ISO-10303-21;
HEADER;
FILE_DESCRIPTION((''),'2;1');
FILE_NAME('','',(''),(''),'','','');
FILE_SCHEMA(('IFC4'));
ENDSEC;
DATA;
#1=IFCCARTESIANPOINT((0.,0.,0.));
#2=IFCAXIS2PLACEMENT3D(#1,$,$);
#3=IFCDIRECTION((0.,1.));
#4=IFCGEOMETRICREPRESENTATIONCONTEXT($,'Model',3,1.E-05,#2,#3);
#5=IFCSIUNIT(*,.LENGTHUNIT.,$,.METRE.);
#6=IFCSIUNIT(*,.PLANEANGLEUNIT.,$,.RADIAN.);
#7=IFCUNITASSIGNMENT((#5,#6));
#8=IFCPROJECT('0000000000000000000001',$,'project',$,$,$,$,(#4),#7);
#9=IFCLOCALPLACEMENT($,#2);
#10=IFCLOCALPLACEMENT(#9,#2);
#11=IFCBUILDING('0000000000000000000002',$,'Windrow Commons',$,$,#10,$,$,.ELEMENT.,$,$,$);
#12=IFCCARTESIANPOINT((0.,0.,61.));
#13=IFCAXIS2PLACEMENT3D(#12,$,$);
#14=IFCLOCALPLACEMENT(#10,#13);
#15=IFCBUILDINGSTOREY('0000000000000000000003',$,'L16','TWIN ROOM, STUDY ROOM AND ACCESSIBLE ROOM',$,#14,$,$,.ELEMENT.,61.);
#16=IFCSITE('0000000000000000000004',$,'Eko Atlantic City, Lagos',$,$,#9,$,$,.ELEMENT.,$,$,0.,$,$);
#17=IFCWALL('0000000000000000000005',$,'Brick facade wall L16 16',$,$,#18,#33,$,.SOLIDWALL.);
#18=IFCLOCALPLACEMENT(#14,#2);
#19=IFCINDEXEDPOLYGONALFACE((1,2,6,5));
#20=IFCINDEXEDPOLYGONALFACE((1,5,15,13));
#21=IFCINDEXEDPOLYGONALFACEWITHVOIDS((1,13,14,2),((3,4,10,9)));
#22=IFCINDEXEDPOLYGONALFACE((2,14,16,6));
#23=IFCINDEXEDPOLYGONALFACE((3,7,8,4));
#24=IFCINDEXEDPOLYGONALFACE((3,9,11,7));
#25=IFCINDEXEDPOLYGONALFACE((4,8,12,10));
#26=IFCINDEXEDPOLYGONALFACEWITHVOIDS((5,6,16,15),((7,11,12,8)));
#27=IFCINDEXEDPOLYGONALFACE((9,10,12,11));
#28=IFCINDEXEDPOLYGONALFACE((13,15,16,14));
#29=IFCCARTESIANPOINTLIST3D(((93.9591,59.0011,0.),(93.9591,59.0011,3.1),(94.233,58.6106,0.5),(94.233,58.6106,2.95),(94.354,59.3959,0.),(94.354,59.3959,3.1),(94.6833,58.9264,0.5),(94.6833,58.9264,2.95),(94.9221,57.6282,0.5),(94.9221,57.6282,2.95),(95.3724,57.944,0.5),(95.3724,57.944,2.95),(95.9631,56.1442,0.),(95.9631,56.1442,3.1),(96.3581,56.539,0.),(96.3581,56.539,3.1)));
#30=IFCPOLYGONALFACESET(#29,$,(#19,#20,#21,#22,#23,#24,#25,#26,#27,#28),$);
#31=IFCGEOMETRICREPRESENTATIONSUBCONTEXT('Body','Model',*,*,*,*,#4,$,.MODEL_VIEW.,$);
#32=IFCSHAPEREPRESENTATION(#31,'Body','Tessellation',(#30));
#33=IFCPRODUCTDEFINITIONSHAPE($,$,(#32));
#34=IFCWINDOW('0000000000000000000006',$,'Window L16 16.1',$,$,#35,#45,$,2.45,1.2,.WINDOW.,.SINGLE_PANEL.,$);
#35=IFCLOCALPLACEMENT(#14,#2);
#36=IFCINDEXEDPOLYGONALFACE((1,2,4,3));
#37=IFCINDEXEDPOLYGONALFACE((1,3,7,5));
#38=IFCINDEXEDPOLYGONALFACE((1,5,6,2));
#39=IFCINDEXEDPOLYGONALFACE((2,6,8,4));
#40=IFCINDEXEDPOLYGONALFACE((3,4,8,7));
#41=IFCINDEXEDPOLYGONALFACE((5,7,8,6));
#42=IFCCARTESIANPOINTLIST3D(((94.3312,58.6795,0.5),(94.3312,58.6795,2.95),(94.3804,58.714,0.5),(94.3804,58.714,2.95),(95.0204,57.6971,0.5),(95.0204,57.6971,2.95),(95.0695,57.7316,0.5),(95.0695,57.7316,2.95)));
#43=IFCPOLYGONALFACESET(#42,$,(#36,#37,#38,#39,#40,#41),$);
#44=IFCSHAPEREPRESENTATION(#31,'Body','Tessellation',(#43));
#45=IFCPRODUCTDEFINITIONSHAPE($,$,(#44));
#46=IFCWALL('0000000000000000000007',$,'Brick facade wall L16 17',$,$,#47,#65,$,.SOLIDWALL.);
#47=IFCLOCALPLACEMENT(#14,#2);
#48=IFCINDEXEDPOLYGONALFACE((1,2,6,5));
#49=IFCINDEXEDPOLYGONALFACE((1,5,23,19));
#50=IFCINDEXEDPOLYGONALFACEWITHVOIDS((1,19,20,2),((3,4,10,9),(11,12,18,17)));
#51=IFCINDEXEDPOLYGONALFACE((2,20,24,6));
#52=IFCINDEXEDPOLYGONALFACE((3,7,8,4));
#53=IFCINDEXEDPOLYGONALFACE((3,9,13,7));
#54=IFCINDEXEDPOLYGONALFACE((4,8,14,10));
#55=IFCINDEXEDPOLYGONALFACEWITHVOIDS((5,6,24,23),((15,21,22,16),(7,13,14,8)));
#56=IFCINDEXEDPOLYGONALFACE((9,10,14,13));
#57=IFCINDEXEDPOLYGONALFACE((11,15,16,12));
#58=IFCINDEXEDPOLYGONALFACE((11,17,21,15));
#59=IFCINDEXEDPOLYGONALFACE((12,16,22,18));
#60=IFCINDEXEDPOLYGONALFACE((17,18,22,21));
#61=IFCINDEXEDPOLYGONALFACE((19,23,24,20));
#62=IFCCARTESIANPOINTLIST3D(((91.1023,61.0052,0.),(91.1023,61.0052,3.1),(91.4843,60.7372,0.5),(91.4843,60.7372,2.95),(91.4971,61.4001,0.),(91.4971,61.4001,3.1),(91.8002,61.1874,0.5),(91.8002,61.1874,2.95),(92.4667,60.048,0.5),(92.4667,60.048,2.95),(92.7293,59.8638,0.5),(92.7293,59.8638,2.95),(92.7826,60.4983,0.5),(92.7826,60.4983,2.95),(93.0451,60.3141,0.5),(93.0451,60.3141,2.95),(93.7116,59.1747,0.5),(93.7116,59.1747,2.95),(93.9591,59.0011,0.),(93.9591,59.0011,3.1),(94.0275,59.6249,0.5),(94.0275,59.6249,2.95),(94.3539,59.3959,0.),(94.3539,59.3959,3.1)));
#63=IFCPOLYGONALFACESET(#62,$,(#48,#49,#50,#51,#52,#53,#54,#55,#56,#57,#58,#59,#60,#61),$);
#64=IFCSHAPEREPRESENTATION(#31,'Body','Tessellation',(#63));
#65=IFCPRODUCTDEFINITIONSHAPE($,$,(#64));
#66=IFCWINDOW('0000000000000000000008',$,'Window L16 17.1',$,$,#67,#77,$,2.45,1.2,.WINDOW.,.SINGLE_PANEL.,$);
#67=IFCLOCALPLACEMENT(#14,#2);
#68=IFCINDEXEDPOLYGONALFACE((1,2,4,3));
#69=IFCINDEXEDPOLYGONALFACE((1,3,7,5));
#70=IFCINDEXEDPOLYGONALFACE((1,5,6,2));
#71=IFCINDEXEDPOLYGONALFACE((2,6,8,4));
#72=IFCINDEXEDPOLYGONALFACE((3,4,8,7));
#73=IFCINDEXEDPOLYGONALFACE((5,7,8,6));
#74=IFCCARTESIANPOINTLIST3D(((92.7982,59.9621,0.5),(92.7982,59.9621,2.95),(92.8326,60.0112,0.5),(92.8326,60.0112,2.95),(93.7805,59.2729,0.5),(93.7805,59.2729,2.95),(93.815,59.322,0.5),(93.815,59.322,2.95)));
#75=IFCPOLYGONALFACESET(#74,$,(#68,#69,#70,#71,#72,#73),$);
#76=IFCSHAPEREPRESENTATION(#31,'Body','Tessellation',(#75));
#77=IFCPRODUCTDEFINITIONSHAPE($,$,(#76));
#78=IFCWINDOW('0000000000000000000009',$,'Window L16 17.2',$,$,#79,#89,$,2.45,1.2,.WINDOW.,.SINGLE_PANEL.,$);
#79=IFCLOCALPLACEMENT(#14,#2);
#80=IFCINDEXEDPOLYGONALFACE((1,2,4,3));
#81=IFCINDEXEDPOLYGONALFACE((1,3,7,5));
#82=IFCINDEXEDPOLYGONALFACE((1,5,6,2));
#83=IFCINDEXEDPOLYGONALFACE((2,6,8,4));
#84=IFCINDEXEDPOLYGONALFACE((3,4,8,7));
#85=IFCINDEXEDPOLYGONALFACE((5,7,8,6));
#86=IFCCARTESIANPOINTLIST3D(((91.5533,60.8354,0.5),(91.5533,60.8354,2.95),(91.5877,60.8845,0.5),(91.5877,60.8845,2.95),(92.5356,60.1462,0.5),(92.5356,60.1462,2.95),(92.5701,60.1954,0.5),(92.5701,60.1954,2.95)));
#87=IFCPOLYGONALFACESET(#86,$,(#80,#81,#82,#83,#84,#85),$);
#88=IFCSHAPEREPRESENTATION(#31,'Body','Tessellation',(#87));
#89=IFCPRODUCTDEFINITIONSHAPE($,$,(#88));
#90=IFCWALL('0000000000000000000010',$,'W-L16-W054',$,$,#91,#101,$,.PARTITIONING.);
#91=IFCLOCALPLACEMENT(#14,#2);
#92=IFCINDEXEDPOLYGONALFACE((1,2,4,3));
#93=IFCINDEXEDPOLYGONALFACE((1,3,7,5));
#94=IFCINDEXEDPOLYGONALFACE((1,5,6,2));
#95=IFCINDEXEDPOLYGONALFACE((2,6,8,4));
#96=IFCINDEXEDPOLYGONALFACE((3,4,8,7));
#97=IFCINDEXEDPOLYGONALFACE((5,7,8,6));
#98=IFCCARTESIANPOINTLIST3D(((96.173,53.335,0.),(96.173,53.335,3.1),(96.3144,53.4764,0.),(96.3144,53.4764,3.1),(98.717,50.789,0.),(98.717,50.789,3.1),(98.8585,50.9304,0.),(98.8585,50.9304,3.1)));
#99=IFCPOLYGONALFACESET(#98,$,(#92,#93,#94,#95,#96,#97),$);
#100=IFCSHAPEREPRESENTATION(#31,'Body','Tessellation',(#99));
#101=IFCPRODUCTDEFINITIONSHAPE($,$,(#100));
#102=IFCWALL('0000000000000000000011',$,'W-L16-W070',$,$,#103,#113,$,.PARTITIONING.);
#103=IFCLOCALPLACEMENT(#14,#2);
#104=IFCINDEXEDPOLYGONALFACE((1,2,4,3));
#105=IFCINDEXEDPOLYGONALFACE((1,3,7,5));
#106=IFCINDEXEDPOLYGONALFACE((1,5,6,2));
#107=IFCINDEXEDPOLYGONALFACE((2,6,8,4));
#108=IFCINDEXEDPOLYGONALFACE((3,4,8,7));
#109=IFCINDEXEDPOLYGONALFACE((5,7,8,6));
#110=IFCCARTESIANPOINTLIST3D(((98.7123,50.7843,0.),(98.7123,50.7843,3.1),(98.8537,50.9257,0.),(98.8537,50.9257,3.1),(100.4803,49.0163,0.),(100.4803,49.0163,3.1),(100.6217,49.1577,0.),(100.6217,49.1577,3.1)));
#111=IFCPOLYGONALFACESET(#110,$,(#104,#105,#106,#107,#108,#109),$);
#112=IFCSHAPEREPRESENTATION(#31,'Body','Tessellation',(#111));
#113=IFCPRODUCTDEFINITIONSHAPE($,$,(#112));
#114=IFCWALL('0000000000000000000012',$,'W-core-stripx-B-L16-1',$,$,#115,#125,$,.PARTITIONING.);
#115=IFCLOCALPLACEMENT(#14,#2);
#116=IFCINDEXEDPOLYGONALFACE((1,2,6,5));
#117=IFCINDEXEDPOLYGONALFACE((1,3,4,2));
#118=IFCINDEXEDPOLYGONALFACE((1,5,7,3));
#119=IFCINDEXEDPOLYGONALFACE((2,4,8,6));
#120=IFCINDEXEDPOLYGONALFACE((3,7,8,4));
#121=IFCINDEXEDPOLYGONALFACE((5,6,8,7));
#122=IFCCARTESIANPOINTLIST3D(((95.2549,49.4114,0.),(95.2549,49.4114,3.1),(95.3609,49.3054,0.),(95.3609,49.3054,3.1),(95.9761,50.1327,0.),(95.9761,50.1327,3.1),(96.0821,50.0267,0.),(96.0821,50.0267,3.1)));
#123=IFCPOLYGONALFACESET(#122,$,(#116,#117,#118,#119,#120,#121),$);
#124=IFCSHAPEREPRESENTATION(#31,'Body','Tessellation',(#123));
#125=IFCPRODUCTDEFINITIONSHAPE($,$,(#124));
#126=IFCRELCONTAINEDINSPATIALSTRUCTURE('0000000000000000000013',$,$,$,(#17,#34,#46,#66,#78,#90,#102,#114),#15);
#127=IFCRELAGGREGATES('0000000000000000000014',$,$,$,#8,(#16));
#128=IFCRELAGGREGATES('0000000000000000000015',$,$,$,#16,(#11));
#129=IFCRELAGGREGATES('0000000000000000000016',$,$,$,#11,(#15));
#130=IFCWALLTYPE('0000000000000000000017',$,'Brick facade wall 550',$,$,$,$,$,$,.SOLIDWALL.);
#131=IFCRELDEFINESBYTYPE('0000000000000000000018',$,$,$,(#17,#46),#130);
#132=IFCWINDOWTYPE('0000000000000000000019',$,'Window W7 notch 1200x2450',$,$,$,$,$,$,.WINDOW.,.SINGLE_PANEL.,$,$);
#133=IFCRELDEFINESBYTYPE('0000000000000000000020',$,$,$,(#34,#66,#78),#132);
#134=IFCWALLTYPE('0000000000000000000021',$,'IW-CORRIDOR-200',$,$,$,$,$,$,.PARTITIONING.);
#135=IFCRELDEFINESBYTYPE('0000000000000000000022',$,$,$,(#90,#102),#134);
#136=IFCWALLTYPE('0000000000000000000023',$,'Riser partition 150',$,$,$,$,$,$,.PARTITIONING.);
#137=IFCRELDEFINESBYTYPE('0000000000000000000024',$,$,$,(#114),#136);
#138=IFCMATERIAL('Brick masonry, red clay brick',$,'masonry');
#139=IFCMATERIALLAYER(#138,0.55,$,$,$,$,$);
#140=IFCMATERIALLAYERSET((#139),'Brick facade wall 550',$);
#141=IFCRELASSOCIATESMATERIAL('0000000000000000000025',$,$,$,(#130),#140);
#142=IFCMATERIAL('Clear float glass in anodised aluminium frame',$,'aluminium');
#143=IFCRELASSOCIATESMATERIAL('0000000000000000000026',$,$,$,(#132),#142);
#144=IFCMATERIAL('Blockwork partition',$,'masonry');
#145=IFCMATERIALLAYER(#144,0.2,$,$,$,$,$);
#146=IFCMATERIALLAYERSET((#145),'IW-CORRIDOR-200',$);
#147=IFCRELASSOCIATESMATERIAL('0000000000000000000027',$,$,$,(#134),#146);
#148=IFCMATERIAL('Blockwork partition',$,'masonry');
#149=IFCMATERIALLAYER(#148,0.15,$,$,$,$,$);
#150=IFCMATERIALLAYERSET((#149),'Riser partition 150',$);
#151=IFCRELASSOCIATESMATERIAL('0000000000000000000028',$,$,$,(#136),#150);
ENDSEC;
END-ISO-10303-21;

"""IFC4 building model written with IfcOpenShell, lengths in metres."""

from ifc_helpers import new_model, si_unit, direction, frame, frame_2d, origin, place, context, subcontext, project, spatial, polyline, rectangle, outline, extrude, material, layer, layer_set, type_object, element, fill, save


model = new_model("IFC4")

# Units and contexts
model_context = context("Model", 3, precision=1e-05, world=origin(), true_north=direction((0.0, 1.0)))
body_context = subcontext(model_context, "Body", "Model", "MODEL_VIEW")
ifc_project = project(units=[si_unit("LENGTHUNIT", "METRE"), si_unit("PLANEANGLEUNIT", "RADIAN")], contexts=[model_context])

# Site, building, storey
site_placement = place(None, origin())
site = spatial("IfcSite", under=ifc_project, at=site_placement, Name="Eko Atlantic City, Lagos", CompositionType="ELEMENT", RefElevation=0.0)
building_placement = place(site_placement, origin())
building = spatial("IfcBuilding", under=site, at=building_placement, Name="Windrow Commons", CompositionType="ELEMENT")
storey_placement = place(building_placement, frame((0.0, 0.0, 61.0)))
storey = spatial("IfcBuildingStorey", under=building, at=storey_placement, Name="L16", Description="TWIN ROOM, STUDY ROOM AND ACCESSIBLE ROOM", CompositionType="ELEMENT", Elevation=61.0)

# Wall, opening, window
ifc_material_1 = material(Name="Brick masonry, red clay brick", Category="masonry")
ifc_layer_1 = layer(ifc_material_1, 0.55)
ifc_layer_set_1 = layer_set([ifc_layer_1], Name="Brick facade wall 550")
wall_type_1 = type_object("IfcWallType", Name="Brick facade wall 550", PredefinedType="SOLIDWALL", material=ifc_layer_set_1)
ifc_material_2 = material(Name="Clear float glass in anodised aluminium frame", Category="aluminium")
window_type = type_object("IfcWindowType", Name="Window W7 notch 1200x2450", PartitioningType="SINGLE_PANEL", PredefinedType="WINDOW", material=ifc_material_2)
wall_1_placement = place(storey_placement, frame((96.1606, 56.3416, 0.0), z_axis=(0.0, 0.0, 1.0), x_axis=(-0.574283, 0.818657, 0.0)))
wall_1 = element("IfcWall", 1, at=wall_1_placement, inside=storey, type_object=wall_type_1, Name="Brick facade wall L16 16", PredefinedType="SOLIDWALL", context=body_context, shape_type="SweptSolid", body=[
    extrude(outline(polyline([(0.0482, -0.275), (3.5379, -0.275), (3.4415, 0.275), (-0.0482, 0.275), (0.0482, -0.275)])), origin(), (0.0, 0.0, 1.0), 3.1),
])
opening_1_placement = place(wall_1_placement, frame((1.7645, 0.0, 0.5)))
opening_1 = element("IfcOpeningElement", 2, at=opening_1_placement, cuts=wall_1, PredefinedType="OPENING", context=body_context, shape_type="SweptSolid", body=[
    extrude(rectangle(XDim=1.2, YDim=2.45, at=frame_2d((0.6, 1.225))), frame((0.0, 0.285, 0.0), z_axis=(0.0, -1.0, 0.0), x_axis=(1.0, 0.0, 0.0)), (0.0, 0.0, 1.0), 0.57),
])
window_1_placement = place(opening_1_placement, origin())
window_1 = element("IfcWindow", 3, at=window_1_placement, inside=storey, type_object=window_type, Name="Window L16 16.1", OverallHeight=2.45, OverallWidth=1.2, PartitioningType="SINGLE_PANEL", PredefinedType="WINDOW", context=body_context, shape_type="SweptSolid", body=[
    extrude(rectangle(XDim=1.2, YDim=2.45, at=frame_2d((0.6, 1.225))), frame((0.0, 0.155, 0.0), z_axis=(0.0, -1.0, 0.0), x_axis=(1.0, 0.0, 0.0)), (0.0, 0.0, 1.0), 0.06),
])
fill(opening_1, window_1)

# Wall, openings, windows
wall_2_placement = place(storey_placement, frame((94.1565, 59.1985, 0.0), z_axis=(0.0, 0.0, 1.0), x_axis=(-0.818647, 0.574297, 0.0)))
wall_2 = element("IfcWall", 4, at=wall_2_placement, inside=storey, type_object=wall_type_1, Name="Brick facade wall L16 17", PredefinedType="SOLIDWALL", context=body_context, shape_type="SweptSolid", body=[
    extrude(outline(polyline([(-0.0482, -0.275), (3.4415, -0.275), (3.5379, 0.275), (0.0482, 0.275), (-0.0482, -0.275)])), origin(), (0.0, 0.0, 1.0), 3.1),
])
opening_2_placement = place(wall_2_placement, frame((0.3505, 0.0, 0.5)))
opening_2 = element("IfcOpeningElement", 5, at=opening_2_placement, cuts=wall_2, PredefinedType="OPENING", context=body_context, shape_type="SweptSolid", body=[
    extrude(rectangle(XDim=1.2, YDim=2.45, at=frame_2d((0.6, 1.225))), frame((0.0, 0.285, 0.0), z_axis=(0.0, -1.0, 0.0), x_axis=(1.0, 0.0, 0.0)), (0.0, 0.0, 1.0), 0.57),
])
opening_3_placement = place(wall_2_placement, frame((1.8712, 0.0, 0.5)))
opening_3 = element("IfcOpeningElement", 6, at=opening_3_placement, cuts=wall_2, PredefinedType="OPENING", context=body_context, shape_type="SweptSolid", body=[
    extrude(rectangle(XDim=1.2, YDim=2.45, at=frame_2d((0.6, 1.225))), frame((0.0, 0.285, 0.0), z_axis=(0.0, -1.0, 0.0), x_axis=(1.0, 0.0, 0.0)), (0.0, 0.0, 1.0), 0.57),
])
window_2_placement = place(opening_2_placement, origin())
window_2 = element("IfcWindow", 7, at=window_2_placement, inside=storey, type_object=window_type, Name="Window L16 17.1", OverallHeight=2.45, OverallWidth=1.2, PartitioningType="SINGLE_PANEL", PredefinedType="WINDOW", context=body_context, shape_type="SweptSolid", body=[
    extrude(rectangle(XDim=1.2, YDim=2.45, at=frame_2d((0.6, 1.225))), frame((0.0, 0.155, 0.0), z_axis=(0.0, -1.0, 0.0), x_axis=(1.0, 0.0, 0.0)), (0.0, 0.0, 1.0), 0.06),
])
fill(opening_2, window_2)
window_3_placement = place(opening_3_placement, origin())
window_3 = element("IfcWindow", 8, at=window_3_placement, inside=storey, type_object=window_type, Name="Window L16 17.2", OverallHeight=2.45, OverallWidth=1.2, PartitioningType="SINGLE_PANEL", PredefinedType="WINDOW", context=body_context, shape_type="SweptSolid", body=[
    extrude(rectangle(XDim=1.2, YDim=2.45, at=frame_2d((0.6, 1.225))), frame((0.0, 0.155, 0.0), z_axis=(0.0, -1.0, 0.0), x_axis=(1.0, 0.0, 0.0)), (0.0, 0.0, 1.0), 0.06),
])
fill(opening_3, window_3)

# Walls
ifc_material_3 = material(Name="Blockwork partition", Category="masonry")
ifc_layer_2 = layer(ifc_material_3, 0.2)
ifc_layer_set_2 = layer_set([ifc_layer_2], Name="IW-CORRIDOR-200")
wall_type_2 = type_object("IfcWallType", Name="IW-CORRIDOR-200", PredefinedType="PARTITIONING", material=ifc_layer_set_2)
wall_3_placement = place(storey_placement, frame((96.2437, 53.4057, 0.0), z_axis=(0.0, 0.0, 1.0), x_axis=(0.706829, -0.707385, 0.0)))
element("IfcWall", 9, at=wall_3_placement, inside=storey, type_object=wall_type_2, Name="W-L16-W054", PredefinedType="PARTITIONING", context=body_context, shape_type="SweptSolid", body=[
    extrude(rectangle(XDim=3.5992, YDim=0.2, at=frame_2d((1.7996, 0.0))), origin(), (0.0, 0.0, 1.0), 3.1),
])
wall_4_placement = place(storey_placement, frame((98.783, 50.855, 0.0), z_axis=(0.0, 0.0, 1.0), x_axis=(0.707107, -0.707107, 0.0)))
element("IfcWall", 10, at=wall_4_placement, inside=storey, type_object=wall_type_2, Name="W-L16-W070", PredefinedType="PARTITIONING", context=body_context, shape_type="SweptSolid", body=[
    extrude(rectangle(XDim=2.5003, YDim=0.2, at=frame_2d((1.2502, 0.0))), origin(), (0.0, 0.0, 1.0), 3.1),
])
ifc_material_4 = material(Name="Blockwork partition", Category="masonry")
ifc_layer_3 = layer(ifc_material_4, 0.15)
ifc_layer_set_3 = layer_set([ifc_layer_3], Name="Riser partition 150")
wall_type_3 = type_object("IfcWallType", Name="Riser partition 150", PredefinedType="PARTITIONING", material=ifc_layer_set_3)
wall_5_placement = place(storey_placement, frame((95.3079, 49.3584, 0.0), z_axis=(0.0, 0.0, 1.0), x_axis=(0.707058, 0.707156, 0.0)))
element("IfcWall", 11, at=wall_5_placement, inside=storey, type_object=wall_type_3, Name="W-core-stripx-B-L16-1", PredefinedType="PARTITIONING", context=body_context, shape_type="SweptSolid", body=[
    extrude(rectangle(XDim=1.02, YDim=0.15, at=frame_2d((0.51, 0.0))), origin(), (0.0, 0.0, 1.0), 3.1),
])

save(model, "model.ifc")
